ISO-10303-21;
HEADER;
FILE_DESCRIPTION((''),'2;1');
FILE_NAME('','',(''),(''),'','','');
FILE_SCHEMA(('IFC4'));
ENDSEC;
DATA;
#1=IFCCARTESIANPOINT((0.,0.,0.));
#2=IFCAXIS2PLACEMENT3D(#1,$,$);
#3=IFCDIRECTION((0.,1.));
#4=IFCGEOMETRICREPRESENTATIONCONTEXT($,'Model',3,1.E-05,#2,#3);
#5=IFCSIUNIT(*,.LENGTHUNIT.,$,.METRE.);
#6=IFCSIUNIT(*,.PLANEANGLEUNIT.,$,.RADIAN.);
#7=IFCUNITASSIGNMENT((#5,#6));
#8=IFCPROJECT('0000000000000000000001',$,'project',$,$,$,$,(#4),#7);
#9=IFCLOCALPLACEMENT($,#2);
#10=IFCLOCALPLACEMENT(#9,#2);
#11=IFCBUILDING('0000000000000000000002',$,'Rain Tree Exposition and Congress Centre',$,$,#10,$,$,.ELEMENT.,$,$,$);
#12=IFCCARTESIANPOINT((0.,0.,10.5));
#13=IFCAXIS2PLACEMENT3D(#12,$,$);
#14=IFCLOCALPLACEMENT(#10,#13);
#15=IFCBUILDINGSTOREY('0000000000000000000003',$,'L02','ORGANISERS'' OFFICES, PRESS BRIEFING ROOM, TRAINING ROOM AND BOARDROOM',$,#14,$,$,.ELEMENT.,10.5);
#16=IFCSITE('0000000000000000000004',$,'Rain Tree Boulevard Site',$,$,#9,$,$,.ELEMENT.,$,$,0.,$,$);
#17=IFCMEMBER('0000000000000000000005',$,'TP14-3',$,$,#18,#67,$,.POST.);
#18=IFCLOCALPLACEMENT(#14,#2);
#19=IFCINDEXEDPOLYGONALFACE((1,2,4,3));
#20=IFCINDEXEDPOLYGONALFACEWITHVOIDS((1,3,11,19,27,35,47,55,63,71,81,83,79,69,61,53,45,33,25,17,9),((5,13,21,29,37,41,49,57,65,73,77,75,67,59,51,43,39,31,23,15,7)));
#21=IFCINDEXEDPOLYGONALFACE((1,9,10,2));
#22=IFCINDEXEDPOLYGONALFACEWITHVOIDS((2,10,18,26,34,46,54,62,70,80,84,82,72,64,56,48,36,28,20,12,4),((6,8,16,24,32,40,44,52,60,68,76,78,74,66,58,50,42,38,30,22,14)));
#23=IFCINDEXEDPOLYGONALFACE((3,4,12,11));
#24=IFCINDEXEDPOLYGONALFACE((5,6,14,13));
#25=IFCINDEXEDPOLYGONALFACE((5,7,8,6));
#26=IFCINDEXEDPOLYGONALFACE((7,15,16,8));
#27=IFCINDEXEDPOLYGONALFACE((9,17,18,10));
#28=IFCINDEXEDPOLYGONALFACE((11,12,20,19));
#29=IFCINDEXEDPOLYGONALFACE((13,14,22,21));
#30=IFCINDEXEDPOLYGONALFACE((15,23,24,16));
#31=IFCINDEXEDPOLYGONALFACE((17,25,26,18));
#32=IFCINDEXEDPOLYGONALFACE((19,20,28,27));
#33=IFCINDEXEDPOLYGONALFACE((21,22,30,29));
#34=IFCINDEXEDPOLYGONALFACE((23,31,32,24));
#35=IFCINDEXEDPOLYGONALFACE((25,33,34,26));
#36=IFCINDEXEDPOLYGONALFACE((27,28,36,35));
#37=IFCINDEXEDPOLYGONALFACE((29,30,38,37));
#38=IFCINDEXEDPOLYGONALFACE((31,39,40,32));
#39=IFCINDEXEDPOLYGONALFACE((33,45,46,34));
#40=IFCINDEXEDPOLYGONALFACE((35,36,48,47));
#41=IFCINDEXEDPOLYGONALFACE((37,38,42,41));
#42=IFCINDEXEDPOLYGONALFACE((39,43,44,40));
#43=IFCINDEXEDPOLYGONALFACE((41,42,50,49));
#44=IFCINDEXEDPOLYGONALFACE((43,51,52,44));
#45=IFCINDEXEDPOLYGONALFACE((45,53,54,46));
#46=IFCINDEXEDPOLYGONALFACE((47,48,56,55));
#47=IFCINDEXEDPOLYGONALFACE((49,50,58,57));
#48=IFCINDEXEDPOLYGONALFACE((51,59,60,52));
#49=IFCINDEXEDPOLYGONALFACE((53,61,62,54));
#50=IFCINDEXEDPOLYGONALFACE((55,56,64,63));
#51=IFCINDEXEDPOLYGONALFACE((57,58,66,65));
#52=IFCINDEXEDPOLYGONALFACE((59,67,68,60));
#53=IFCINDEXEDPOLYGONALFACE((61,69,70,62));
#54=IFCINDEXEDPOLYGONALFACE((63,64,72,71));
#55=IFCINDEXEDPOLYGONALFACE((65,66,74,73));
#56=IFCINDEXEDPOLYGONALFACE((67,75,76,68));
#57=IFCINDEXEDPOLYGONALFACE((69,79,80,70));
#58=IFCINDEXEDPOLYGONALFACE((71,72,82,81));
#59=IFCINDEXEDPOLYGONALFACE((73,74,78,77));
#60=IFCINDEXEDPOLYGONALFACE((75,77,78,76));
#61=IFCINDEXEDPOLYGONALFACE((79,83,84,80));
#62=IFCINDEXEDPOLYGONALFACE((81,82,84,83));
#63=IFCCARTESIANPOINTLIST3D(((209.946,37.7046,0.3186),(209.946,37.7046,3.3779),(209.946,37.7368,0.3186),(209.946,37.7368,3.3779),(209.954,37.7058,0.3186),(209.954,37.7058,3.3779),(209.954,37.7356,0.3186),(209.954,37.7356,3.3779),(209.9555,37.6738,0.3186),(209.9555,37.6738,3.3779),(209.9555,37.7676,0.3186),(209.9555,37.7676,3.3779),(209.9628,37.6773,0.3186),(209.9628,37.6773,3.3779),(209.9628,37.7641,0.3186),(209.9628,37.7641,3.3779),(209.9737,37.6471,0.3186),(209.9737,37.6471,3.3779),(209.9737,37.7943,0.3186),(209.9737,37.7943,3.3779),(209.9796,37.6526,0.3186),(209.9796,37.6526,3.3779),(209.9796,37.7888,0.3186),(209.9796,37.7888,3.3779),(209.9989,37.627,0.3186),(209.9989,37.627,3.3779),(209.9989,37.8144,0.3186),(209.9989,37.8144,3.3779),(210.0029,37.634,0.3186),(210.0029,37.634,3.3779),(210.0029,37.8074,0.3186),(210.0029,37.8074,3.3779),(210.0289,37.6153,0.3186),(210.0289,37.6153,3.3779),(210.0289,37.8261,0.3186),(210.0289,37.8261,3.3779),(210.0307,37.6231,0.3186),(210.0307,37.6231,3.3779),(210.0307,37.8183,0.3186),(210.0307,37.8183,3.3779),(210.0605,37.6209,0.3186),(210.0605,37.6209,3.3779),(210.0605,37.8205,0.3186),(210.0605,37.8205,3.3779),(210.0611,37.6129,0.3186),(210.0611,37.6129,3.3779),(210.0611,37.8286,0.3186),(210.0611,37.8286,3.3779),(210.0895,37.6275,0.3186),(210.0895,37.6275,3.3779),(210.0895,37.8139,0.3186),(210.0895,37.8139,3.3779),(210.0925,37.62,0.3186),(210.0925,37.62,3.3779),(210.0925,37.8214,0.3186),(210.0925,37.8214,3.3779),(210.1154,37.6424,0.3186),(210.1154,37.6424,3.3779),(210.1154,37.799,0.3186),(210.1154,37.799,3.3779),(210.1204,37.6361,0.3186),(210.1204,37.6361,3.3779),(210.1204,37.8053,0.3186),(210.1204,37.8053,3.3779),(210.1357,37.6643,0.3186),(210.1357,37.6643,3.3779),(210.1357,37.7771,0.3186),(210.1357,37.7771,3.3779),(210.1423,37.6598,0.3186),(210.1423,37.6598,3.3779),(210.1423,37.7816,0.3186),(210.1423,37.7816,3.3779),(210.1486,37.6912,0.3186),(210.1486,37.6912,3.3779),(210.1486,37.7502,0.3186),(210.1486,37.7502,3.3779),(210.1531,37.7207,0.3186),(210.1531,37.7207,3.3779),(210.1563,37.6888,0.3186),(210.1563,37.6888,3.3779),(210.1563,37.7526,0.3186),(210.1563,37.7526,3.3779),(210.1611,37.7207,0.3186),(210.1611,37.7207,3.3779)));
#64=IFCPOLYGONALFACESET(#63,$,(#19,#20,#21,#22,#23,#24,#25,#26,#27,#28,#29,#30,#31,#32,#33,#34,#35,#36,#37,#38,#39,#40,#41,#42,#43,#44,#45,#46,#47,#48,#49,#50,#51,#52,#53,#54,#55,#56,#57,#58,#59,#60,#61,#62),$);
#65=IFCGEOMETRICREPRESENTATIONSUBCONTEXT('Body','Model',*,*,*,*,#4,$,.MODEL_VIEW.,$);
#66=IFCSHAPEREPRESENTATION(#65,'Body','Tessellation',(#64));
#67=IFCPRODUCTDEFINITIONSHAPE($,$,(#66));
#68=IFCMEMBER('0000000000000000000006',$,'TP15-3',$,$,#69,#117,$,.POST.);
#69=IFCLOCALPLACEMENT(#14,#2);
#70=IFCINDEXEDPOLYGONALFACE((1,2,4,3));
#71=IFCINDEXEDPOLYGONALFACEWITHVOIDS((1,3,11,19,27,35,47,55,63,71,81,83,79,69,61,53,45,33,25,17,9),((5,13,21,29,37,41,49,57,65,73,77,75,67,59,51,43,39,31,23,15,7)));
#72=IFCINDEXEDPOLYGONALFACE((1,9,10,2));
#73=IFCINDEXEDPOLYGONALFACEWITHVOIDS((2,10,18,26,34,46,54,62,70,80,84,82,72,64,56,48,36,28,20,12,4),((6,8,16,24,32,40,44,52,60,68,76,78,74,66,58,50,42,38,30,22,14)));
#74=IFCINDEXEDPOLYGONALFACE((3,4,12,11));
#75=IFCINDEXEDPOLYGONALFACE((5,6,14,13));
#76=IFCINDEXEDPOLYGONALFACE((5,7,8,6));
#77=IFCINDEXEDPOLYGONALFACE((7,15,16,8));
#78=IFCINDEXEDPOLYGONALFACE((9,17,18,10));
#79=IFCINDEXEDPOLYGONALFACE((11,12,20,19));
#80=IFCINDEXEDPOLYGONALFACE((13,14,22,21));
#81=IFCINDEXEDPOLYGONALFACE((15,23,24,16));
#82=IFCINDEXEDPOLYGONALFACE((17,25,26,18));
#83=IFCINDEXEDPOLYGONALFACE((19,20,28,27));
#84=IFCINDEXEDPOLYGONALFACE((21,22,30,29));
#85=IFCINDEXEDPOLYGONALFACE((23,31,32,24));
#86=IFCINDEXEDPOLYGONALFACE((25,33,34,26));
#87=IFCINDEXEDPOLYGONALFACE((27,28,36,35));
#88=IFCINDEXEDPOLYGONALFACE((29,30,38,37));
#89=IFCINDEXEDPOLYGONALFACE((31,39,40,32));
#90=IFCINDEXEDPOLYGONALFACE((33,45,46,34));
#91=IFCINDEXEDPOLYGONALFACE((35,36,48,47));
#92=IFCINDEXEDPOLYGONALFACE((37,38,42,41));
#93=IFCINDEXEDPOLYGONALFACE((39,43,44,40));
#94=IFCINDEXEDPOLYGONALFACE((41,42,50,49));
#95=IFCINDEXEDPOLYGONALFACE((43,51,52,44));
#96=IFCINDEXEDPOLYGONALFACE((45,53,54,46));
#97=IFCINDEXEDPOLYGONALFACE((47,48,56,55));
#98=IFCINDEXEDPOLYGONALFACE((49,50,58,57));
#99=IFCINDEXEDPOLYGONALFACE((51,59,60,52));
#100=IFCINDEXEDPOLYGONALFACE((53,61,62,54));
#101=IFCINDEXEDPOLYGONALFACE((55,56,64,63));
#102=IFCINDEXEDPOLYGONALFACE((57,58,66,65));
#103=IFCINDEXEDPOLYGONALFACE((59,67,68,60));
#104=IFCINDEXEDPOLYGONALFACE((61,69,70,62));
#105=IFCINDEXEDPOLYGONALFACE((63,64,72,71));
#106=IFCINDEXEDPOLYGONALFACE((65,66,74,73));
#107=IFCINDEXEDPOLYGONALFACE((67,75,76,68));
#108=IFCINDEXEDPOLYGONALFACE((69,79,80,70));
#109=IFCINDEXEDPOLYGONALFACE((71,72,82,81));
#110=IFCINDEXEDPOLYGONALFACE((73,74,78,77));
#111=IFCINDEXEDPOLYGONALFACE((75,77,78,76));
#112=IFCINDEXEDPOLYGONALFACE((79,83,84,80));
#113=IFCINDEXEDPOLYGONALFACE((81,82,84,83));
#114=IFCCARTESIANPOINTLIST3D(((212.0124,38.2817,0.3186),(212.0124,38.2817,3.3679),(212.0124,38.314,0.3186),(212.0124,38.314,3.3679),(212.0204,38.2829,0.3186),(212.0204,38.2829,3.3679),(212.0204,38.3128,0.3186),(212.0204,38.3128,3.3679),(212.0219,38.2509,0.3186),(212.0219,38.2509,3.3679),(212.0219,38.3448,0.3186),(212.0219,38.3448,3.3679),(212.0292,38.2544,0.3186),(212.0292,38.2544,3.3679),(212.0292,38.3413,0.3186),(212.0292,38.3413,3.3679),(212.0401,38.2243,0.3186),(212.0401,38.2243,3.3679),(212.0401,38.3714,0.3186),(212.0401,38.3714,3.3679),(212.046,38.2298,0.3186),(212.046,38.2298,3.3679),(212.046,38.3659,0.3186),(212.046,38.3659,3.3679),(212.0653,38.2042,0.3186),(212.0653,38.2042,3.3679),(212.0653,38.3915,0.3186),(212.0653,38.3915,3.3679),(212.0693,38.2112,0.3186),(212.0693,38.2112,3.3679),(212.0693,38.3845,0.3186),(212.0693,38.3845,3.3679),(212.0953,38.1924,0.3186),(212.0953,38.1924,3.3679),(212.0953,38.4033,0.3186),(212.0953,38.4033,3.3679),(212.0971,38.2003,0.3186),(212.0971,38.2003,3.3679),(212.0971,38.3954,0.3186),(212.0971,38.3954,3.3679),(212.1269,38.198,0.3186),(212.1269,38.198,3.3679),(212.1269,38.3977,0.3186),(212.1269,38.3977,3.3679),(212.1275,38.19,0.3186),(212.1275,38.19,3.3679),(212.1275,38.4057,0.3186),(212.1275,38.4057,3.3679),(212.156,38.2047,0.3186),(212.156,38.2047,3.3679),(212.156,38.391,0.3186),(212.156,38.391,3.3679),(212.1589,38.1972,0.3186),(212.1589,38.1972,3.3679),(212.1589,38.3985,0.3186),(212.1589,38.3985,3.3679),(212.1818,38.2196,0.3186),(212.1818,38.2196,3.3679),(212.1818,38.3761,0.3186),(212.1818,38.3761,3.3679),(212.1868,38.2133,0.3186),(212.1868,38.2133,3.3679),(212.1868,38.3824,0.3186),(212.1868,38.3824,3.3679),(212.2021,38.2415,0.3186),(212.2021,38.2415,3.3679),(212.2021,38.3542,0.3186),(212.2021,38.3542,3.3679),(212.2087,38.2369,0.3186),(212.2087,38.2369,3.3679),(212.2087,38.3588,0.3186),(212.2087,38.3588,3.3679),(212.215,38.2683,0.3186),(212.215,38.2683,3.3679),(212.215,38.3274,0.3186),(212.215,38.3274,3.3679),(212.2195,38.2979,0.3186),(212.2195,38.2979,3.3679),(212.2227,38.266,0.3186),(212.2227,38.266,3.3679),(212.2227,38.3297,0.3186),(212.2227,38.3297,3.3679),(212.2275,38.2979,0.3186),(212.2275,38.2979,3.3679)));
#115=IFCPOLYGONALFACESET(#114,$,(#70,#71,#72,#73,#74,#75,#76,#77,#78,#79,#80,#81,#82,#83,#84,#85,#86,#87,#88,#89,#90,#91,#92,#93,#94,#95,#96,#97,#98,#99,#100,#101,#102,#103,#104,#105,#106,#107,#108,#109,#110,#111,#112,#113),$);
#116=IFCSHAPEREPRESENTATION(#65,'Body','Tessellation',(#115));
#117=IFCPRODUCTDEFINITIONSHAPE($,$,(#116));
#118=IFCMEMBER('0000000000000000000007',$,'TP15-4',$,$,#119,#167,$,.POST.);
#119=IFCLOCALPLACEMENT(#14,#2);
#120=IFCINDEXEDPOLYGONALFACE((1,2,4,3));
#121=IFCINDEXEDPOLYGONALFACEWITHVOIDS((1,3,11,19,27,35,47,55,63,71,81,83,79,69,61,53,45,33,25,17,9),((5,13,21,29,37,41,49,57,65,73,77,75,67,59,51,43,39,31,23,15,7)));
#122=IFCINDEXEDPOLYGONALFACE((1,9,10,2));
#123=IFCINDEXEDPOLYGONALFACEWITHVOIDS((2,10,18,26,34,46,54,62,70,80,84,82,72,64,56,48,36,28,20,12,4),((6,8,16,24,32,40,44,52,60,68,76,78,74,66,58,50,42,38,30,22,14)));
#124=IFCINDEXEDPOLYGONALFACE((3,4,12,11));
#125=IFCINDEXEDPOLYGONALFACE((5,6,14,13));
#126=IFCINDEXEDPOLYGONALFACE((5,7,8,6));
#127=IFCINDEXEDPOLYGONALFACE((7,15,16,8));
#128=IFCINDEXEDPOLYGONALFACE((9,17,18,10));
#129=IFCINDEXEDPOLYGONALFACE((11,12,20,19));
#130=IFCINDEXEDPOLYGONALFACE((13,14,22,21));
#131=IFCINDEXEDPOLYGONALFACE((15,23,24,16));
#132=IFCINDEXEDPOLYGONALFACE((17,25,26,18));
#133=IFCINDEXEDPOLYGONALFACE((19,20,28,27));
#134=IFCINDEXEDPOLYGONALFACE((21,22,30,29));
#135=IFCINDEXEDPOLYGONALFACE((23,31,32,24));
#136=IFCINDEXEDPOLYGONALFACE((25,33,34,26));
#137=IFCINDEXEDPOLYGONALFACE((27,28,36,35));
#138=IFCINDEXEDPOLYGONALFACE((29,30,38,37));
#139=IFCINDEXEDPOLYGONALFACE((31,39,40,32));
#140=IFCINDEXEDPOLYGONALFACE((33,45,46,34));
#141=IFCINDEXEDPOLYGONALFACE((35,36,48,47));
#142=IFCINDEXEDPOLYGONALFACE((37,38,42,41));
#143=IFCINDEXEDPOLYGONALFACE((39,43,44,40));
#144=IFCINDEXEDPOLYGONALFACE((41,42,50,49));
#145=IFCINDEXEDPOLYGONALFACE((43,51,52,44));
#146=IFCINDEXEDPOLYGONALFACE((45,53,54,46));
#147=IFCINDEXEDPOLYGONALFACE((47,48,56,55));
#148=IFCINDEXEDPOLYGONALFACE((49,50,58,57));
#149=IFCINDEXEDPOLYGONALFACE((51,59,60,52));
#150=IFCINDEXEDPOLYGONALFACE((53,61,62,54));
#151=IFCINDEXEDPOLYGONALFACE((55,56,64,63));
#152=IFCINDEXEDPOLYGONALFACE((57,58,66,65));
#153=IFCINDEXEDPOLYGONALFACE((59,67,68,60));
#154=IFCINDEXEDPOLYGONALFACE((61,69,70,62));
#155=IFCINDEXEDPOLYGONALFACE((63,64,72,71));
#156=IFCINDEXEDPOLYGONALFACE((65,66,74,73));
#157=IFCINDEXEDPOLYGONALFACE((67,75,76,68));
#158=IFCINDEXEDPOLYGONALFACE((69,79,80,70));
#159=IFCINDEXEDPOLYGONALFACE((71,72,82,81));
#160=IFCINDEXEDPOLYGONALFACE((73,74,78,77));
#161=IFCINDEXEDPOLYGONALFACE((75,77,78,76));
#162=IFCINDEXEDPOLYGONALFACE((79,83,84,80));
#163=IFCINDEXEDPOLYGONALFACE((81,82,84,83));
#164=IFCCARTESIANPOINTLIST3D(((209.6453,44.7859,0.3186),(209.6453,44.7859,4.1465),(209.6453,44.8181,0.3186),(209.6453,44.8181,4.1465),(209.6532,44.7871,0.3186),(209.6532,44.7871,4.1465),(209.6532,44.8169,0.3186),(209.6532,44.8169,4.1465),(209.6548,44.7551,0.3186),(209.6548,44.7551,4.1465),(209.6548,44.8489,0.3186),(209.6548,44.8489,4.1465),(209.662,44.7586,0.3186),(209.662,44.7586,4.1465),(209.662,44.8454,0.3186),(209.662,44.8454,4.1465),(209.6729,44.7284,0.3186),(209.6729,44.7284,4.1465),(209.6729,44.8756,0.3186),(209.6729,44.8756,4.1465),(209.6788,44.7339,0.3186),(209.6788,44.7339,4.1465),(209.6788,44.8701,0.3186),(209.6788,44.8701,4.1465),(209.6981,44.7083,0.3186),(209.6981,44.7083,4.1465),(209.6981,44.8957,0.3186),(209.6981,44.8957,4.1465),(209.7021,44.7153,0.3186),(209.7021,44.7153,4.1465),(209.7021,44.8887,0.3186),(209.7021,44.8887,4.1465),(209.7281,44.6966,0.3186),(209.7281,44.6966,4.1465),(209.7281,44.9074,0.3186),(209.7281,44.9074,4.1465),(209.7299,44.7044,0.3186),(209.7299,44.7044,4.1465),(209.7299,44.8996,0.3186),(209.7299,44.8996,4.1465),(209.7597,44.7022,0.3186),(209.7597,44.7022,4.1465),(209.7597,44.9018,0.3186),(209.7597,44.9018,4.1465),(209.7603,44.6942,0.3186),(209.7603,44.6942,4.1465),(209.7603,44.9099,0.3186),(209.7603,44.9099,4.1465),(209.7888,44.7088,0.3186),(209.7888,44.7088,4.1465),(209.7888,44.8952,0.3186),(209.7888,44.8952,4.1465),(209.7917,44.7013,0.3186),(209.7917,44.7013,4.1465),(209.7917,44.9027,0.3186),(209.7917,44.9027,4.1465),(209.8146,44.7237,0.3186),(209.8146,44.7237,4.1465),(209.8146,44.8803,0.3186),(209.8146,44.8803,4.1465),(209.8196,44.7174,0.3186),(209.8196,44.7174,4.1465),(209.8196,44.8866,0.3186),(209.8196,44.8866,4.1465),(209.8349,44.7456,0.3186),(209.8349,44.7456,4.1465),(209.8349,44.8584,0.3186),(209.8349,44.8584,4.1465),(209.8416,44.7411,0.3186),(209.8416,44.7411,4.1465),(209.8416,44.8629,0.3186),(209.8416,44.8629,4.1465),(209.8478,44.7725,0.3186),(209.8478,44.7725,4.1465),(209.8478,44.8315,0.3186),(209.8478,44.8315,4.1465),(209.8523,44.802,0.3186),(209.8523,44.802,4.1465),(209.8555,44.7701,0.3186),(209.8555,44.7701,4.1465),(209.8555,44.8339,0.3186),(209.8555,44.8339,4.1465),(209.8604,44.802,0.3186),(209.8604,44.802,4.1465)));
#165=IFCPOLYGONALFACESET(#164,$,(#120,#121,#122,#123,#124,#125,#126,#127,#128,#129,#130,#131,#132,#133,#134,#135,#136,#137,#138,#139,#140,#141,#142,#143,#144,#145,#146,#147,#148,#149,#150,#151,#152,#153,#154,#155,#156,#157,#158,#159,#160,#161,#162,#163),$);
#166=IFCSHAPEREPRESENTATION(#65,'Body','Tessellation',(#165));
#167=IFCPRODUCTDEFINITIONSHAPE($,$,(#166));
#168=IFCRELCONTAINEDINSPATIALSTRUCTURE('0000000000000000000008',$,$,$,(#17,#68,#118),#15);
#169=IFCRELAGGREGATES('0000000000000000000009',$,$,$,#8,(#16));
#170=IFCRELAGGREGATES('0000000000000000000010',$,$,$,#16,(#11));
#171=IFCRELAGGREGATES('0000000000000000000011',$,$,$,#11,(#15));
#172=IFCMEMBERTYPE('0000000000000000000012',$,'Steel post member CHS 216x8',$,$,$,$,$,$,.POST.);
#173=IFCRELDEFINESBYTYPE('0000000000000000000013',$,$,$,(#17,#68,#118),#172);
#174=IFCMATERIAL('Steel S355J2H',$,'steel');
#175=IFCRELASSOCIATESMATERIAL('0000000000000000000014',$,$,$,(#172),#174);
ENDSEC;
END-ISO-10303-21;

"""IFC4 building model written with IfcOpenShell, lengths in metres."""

from ifc_helpers import new_model, si_unit, direction, frame, origin, origin_2d, place, context, subcontext, project, spatial, hollow_circle, extrude, material, material_profile, profile_set, type_object, element, save


model = new_model("IFC4")

# Units and contexts
model_context = context("Model", 3, precision=1e-05, world=origin(), true_north=direction((0.0, 1.0)))
body_context = subcontext(model_context, "Body", "Model", "MODEL_VIEW")
ifc_project = project(units=[si_unit("LENGTHUNIT", "METRE"), si_unit("PLANEANGLEUNIT", "RADIAN")], contexts=[model_context])

# Site, building, storey
site_placement = place(None, origin())
site = spatial("IfcSite", under=ifc_project, at=site_placement, Name="Rain Tree Boulevard Site", CompositionType="ELEMENT", RefElevation=0.0)
building_placement = place(site_placement, origin())
building = spatial("IfcBuilding", under=site, at=building_placement, Name="Rain Tree Exposition and Congress Centre", CompositionType="ELEMENT")
storey_placement = place(building_placement, frame((0.0, 0.0, 10.5)))
storey = spatial("IfcBuildingStorey", under=building, at=storey_placement, Name="L02", Description="ORGANISERS' OFFICES, PRESS BRIEFING ROOM, TRAINING ROOM AND BOARDROOM", CompositionType="ELEMENT", Elevation=10.5)

# Members
ifc_material_1 = material(Name="Steel S355J2H", Category="steel")
ifc_material_profile_1 = material_profile(ifc_material_1, hollow_circle(Radius=0.1082, WallThickness=0.0081, at=origin_2d()), Name="CHS 216x8")
ifc_profile_set_1 = profile_set([ifc_material_profile_1], Name="Steel S355J2H")
member_type_1 = type_object("IfcMemberType", Name="Steel post member CHS 216x8", PredefinedType="POST", material=ifc_profile_set_1)
member_1_placement = place(storey_placement, frame((210.053, 37.7207, 0.3186), z_axis=(0.0, 0.0, 1.0), x_axis=(1.0, 0.0, 0.0)))
element("IfcMember", 1, at=member_1_placement, inside=storey, type_object=member_type_1, Name="TP14-3", PredefinedType="POST", context=body_context, shape_type="SweptSolid", body=[
    extrude(hollow_circle(Radius=0.1082, WallThickness=0.0081, at=origin_2d()), origin(), (0.0, 0.0, 1.0), 3.0593),
])
member_2_placement = place(storey_placement, frame((212.1194, 38.2979, 0.3186), z_axis=(0.0, 0.0, 1.0), x_axis=(1.0, 0.0, 0.0)))
element("IfcMember", 2, at=member_2_placement, inside=storey, type_object=member_type_1, Name="TP15-3", PredefinedType="POST", context=body_context, shape_type="SweptSolid", body=[
    extrude(hollow_circle(Radius=0.1082, WallThickness=0.0081, at=origin_2d()), origin(), (0.0, 0.0, 1.0), 3.0493),
])
member_3_placement = place(storey_placement, frame((209.7522, 44.802, 0.3186), z_axis=(0.0, 0.0, 1.0), x_axis=(1.0, 0.0, 0.0)))
element("IfcMember", 3, at=member_3_placement, inside=storey, type_object=member_type_1, Name="TP15-4", PredefinedType="POST", context=body_context, shape_type="SweptSolid", body=[
    extrude(hollow_circle(Radius=0.1082, WallThickness=0.0081, at=origin_2d()), origin(), (0.0, 0.0, 1.0), 3.8279),
])

save(model, "model.ifc")
